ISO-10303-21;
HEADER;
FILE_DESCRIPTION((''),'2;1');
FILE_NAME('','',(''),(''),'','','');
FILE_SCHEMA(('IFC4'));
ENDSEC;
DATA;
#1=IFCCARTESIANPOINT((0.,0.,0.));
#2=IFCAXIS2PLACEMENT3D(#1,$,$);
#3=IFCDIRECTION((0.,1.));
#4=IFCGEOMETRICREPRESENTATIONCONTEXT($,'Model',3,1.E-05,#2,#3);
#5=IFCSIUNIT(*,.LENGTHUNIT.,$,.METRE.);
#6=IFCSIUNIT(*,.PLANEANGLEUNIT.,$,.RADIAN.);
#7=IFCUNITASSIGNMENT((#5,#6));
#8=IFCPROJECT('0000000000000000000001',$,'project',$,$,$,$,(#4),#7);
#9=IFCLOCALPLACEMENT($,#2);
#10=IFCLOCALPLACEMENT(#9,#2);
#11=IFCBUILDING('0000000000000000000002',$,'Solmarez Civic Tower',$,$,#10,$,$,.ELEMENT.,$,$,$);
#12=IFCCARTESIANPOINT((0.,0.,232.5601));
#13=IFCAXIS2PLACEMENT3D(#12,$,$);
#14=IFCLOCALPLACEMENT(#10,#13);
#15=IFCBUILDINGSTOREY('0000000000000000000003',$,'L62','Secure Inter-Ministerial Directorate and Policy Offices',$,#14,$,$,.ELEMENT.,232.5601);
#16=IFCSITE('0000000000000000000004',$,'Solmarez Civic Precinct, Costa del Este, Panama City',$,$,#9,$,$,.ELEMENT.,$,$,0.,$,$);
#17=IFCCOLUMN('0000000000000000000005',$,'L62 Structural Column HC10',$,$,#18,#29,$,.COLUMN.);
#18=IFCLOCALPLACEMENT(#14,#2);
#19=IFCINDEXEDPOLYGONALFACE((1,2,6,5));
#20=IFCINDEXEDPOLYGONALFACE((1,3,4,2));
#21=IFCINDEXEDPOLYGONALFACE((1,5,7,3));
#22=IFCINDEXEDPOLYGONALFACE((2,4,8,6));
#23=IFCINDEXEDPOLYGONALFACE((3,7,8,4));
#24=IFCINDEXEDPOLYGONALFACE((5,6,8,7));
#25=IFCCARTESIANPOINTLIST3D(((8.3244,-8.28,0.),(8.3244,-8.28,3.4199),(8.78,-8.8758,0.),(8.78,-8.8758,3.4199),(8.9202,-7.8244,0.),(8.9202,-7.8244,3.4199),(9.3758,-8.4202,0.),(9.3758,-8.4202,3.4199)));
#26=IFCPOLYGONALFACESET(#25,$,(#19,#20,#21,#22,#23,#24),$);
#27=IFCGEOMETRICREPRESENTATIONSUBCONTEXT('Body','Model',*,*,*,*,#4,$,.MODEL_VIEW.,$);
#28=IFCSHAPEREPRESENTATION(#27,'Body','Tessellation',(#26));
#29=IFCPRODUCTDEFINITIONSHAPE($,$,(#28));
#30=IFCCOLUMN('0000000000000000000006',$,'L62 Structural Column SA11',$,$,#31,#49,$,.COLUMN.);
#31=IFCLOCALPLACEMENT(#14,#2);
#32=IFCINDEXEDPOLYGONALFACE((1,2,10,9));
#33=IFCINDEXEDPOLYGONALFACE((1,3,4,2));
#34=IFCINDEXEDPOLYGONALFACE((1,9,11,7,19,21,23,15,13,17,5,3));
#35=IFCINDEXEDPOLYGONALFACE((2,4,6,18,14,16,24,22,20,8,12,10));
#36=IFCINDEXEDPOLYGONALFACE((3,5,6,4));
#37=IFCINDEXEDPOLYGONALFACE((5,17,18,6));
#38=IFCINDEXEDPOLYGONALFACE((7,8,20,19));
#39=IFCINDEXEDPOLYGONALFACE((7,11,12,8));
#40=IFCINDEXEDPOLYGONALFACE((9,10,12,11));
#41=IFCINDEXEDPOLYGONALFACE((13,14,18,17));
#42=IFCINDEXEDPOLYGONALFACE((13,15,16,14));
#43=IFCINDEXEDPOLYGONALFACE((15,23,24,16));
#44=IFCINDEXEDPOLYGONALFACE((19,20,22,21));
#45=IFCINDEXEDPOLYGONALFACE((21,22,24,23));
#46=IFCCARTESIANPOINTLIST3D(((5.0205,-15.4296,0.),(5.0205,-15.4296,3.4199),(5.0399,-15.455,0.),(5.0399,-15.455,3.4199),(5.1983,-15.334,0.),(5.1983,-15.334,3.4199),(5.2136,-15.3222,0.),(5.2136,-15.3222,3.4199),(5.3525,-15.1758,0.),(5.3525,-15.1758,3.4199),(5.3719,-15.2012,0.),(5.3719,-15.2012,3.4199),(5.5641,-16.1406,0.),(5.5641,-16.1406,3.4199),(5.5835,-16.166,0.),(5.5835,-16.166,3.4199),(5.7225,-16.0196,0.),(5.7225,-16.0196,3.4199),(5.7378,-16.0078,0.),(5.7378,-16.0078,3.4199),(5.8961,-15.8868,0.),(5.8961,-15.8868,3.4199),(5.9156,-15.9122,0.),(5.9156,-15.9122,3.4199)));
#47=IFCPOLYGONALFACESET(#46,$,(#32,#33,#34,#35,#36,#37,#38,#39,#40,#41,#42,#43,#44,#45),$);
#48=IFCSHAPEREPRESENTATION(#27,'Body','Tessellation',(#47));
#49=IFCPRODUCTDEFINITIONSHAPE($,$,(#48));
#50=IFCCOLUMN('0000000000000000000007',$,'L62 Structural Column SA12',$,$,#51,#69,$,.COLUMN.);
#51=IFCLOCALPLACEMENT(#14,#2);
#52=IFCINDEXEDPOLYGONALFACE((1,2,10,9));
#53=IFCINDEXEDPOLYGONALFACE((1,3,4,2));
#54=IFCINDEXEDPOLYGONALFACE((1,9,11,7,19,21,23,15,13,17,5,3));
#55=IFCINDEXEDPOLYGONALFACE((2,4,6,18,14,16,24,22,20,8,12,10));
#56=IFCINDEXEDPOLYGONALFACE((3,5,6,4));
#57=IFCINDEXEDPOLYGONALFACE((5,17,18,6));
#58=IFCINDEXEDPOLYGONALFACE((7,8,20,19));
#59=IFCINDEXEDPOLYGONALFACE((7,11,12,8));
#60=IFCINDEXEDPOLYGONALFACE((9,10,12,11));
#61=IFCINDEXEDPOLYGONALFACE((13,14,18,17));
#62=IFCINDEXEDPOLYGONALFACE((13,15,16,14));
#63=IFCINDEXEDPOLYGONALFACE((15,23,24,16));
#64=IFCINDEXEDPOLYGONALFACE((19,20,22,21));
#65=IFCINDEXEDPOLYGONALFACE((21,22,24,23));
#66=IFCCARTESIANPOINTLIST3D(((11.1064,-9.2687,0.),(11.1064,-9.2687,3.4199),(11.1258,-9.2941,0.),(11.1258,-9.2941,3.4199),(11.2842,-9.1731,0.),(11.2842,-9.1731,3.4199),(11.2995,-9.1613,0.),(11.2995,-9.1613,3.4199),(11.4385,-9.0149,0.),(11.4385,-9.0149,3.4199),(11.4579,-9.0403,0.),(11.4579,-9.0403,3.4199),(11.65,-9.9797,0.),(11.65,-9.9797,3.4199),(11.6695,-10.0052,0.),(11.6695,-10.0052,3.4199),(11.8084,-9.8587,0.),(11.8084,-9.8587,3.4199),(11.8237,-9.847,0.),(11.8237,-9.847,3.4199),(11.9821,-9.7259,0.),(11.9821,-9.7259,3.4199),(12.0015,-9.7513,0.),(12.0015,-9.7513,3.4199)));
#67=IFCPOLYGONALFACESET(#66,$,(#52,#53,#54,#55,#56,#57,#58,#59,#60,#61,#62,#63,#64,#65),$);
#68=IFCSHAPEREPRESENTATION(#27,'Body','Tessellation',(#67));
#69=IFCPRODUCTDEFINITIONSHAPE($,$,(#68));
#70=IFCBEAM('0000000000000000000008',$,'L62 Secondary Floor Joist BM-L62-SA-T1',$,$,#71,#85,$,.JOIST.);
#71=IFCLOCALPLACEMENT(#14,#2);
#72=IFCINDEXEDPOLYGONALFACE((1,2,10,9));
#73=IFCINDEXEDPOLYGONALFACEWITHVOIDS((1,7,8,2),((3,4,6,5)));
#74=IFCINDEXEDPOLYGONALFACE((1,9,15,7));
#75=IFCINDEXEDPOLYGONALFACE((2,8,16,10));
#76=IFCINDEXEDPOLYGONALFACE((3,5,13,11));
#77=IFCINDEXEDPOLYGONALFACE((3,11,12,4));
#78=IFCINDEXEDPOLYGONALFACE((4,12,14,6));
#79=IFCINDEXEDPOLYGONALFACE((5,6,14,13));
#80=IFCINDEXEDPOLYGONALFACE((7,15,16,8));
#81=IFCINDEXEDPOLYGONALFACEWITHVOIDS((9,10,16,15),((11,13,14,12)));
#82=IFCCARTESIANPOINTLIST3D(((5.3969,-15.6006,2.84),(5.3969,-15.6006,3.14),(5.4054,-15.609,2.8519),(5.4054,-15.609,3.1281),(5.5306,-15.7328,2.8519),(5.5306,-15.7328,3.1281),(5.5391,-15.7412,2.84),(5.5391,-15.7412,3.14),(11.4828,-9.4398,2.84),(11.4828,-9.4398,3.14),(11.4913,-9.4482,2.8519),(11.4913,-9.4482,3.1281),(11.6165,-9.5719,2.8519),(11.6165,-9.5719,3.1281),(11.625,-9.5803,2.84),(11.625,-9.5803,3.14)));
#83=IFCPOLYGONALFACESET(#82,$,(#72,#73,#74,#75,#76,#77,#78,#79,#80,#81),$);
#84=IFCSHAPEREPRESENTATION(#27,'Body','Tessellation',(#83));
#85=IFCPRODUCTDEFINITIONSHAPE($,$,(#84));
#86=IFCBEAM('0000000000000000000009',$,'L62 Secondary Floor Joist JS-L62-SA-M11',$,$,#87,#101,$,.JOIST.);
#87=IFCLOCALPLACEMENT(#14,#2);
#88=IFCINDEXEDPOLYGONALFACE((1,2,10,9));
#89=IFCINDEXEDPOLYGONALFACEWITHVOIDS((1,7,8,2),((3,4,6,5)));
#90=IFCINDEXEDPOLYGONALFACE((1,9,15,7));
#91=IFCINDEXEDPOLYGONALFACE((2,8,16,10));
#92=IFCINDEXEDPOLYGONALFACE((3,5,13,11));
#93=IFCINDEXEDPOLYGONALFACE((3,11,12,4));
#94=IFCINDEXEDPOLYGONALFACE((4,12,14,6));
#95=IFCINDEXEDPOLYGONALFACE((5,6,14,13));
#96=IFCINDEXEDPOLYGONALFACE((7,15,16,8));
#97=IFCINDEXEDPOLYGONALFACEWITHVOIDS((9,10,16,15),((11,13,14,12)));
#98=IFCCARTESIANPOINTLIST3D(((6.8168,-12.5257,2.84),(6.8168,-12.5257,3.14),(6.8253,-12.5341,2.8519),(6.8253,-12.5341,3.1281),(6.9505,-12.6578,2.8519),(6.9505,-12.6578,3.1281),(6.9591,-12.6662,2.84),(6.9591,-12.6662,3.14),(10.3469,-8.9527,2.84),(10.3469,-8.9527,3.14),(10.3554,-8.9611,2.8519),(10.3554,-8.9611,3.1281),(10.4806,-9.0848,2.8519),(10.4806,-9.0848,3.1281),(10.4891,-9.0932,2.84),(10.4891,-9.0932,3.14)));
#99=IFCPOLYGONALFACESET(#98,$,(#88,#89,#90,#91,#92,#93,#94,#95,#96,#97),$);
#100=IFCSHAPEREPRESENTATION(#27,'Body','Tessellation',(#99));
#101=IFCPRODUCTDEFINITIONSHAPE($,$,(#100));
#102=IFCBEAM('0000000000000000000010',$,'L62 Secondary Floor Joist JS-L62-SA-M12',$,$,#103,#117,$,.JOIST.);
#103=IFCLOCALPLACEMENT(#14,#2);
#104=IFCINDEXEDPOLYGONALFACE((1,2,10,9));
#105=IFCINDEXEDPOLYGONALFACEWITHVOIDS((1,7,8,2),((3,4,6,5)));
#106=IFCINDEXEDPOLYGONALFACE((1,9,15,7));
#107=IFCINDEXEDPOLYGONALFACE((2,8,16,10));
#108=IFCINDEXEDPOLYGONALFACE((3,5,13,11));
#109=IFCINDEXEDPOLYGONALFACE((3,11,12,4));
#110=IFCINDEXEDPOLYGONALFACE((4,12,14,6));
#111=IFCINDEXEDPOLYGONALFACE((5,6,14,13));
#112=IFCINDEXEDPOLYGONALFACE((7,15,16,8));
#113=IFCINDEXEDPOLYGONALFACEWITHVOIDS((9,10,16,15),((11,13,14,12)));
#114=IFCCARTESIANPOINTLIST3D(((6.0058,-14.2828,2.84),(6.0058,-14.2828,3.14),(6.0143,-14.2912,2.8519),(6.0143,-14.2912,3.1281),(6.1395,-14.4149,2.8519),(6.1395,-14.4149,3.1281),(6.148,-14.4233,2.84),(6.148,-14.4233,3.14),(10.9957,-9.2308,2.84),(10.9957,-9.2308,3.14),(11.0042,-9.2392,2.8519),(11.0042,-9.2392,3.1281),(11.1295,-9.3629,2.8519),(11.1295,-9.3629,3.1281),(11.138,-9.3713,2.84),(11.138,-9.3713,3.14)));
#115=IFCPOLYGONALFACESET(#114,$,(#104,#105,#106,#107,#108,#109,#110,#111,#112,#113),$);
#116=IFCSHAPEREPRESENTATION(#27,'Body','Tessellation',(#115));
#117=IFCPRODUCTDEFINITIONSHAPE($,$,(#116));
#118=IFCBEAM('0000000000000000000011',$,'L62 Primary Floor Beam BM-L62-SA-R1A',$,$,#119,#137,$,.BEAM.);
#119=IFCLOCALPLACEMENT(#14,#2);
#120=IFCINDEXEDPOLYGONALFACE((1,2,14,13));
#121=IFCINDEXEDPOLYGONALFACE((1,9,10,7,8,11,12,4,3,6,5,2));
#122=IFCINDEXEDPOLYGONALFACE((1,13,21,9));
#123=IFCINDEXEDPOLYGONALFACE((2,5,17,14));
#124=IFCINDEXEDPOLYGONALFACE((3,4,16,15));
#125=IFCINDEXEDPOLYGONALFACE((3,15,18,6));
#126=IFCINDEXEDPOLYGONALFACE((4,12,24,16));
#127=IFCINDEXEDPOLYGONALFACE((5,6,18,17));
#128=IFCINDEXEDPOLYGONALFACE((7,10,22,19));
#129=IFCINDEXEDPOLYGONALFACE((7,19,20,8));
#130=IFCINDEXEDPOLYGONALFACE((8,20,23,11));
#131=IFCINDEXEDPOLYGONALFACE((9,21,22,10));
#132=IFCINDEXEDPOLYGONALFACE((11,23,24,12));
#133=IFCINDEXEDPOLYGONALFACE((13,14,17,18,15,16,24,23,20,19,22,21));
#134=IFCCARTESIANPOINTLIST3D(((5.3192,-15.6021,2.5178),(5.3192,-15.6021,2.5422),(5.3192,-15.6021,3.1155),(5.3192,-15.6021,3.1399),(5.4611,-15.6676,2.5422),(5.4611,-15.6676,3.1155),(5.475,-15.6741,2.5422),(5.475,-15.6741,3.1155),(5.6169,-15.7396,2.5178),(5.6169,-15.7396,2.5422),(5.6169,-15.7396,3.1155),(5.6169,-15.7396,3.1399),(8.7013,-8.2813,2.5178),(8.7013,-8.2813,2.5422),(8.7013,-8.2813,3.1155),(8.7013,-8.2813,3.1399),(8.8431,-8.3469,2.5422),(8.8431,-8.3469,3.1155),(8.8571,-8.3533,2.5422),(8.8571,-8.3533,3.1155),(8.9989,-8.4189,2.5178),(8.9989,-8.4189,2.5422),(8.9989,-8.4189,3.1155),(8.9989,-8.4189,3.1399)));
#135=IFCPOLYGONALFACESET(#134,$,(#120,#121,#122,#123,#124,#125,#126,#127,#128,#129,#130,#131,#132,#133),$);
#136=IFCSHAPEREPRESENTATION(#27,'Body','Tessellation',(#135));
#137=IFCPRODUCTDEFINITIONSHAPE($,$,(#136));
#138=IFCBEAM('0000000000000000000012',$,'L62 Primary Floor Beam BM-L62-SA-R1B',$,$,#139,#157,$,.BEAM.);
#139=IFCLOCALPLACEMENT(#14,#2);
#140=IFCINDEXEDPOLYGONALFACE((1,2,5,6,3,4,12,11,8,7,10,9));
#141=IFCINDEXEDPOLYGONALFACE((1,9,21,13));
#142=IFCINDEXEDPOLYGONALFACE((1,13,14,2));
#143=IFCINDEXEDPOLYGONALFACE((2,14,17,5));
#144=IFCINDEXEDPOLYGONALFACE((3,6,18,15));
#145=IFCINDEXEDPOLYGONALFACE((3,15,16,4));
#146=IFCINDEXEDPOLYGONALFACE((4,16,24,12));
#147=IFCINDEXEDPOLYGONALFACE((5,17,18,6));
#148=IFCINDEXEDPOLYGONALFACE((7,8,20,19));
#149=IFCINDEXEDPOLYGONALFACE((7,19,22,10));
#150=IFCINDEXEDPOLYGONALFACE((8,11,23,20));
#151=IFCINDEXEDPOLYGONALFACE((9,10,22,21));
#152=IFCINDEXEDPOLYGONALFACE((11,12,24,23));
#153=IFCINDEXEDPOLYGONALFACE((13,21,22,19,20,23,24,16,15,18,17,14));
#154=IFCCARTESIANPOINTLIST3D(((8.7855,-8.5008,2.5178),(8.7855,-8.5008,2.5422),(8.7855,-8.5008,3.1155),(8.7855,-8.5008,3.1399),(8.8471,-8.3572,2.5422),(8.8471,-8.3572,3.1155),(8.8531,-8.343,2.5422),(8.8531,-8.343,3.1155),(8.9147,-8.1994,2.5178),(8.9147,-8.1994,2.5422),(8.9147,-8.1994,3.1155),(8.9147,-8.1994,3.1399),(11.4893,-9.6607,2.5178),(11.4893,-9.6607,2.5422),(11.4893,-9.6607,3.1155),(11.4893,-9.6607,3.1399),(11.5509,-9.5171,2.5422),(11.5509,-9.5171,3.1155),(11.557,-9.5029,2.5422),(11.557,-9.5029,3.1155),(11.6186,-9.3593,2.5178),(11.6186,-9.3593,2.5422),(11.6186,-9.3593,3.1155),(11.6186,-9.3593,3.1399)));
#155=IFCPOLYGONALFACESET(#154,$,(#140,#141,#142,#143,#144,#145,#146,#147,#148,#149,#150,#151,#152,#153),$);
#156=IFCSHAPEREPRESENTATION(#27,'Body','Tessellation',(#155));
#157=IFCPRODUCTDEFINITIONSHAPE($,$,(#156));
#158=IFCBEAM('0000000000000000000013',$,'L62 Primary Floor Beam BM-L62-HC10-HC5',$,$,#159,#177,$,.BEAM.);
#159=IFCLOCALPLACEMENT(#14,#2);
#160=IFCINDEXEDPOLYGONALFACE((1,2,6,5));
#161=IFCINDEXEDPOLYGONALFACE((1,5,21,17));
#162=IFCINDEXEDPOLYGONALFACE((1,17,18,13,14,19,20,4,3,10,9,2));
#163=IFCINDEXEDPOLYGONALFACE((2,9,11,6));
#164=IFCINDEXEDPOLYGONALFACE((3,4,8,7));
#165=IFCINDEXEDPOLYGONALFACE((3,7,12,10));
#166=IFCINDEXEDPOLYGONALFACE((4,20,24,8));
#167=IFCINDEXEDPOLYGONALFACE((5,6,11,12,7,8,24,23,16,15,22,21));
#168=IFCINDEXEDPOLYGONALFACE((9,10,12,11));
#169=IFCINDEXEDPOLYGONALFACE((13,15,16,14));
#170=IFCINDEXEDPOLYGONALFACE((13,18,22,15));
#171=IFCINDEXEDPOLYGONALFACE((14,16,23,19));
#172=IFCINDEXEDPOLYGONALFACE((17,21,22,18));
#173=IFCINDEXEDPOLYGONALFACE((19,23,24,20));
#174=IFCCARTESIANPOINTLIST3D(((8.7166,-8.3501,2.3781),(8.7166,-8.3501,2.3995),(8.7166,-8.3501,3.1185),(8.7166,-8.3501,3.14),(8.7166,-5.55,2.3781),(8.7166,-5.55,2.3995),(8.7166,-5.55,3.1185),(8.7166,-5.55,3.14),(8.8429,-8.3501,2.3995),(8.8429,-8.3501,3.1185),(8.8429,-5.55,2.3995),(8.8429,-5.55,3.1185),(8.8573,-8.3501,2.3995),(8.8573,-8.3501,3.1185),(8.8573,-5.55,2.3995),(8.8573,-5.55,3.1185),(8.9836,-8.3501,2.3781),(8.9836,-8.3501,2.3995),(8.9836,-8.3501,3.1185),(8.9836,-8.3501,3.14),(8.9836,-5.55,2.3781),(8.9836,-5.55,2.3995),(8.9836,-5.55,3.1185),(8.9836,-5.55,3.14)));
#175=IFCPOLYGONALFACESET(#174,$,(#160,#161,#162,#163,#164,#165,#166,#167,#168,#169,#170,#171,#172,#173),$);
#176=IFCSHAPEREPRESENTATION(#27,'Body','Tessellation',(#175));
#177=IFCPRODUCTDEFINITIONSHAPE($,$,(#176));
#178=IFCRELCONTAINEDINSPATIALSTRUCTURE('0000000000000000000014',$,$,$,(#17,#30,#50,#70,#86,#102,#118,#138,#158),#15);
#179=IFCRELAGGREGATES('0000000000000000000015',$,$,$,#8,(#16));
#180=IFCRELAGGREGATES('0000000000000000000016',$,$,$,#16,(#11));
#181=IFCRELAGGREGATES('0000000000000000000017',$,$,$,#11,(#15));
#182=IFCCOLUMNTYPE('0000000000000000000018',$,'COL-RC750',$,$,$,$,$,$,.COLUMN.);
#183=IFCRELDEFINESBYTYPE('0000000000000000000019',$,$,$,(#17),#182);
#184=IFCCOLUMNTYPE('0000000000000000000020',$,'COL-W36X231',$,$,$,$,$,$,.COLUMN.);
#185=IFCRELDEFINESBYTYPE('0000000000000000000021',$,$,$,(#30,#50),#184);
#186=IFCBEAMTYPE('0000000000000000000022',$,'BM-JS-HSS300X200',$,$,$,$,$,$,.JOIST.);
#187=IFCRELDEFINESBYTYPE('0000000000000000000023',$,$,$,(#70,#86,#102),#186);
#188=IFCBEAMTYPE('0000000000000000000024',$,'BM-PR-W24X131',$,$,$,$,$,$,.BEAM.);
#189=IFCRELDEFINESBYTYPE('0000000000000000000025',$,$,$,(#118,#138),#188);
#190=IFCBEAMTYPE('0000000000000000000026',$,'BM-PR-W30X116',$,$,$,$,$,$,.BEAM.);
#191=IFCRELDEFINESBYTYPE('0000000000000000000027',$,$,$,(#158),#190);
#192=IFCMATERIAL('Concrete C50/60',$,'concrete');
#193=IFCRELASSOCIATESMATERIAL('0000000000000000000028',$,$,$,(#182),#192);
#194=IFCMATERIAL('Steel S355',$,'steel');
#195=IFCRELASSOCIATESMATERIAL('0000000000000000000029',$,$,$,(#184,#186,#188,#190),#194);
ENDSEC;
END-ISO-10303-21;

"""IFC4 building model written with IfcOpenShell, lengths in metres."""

from ifc_helpers import new_model, si_unit, direction, frame, origin, origin_2d, place, context, subcontext, project, spatial, rectangle, hollow_rectangle, i_section, extrude, material, material_profile, profile_set, type_object, element, save


model = new_model("IFC4")

# Units and contexts
model_context = context("Model", 3, precision=1e-05, world=origin(), true_north=direction((0.0, 1.0)))
body_context = subcontext(model_context, "Body", "Model", "MODEL_VIEW")
ifc_project = project(units=[si_unit("LENGTHUNIT", "METRE"), si_unit("PLANEANGLEUNIT", "RADIAN")], contexts=[model_context])

# Site, building, storey
site_placement = place(None, origin())
site = spatial("IfcSite", under=ifc_project, at=site_placement, Name="Solmarez Civic Precinct, Costa del Este, Panama City", CompositionType="ELEMENT", RefElevation=0.0)
building_placement = place(site_placement, origin())
building = spatial("IfcBuilding", under=site, at=building_placement, Name="Solmarez Civic Tower", CompositionType="ELEMENT")
storey_placement = place(building_placement, frame((0.0, 0.0, 232.5601)))
storey = spatial("IfcBuildingStorey", under=building, at=storey_placement, Name="L62", Description="Secure Inter-Ministerial Directorate and Policy Offices", CompositionType="ELEMENT", Elevation=232.5601)

# Columns
ifc_material_1 = material(Name="Concrete C50/60", Category="concrete")
ifc_material_profile_1 = material_profile(ifc_material_1, rectangle(XDim=0.75, YDim=0.75, at=origin_2d()), Name="RC750X750")
ifc_profile_set_1 = profile_set([ifc_material_profile_1], Name="Concrete C50/60")
column_type_1 = type_object("IfcColumnType", Name="COL-RC750", PredefinedType="COLUMN", material=ifc_profile_set_1)
column_placement = place(storey_placement, frame((8.8501, -8.3501, 0.0), z_axis=(0.0, 0.0, 1.0), x_axis=(0.794415, 0.607376, 0.0)))
element("IfcColumn", 1, at=column_placement, inside=storey, type_object=column_type_1, Name="L62 Structural Column HC10", PredefinedType="COLUMN", context=body_context, shape_type="SweptSolid", body=[
    extrude(rectangle(XDim=0.75, YDim=0.75, at=origin_2d()), origin(), (0.0, 0.0, 1.0), 3.4199),
])
ifc_material_2 = material(Name="Steel S355", Category="steel")
ifc_material_profile_2 = material_profile(ifc_material_2, i_section(OverallWidth=0.418, OverallDepth=0.927, WebThickness=0.0193, FlangeThickness=0.032, at=origin_2d()), Name="W36X231")
ifc_profile_set_2 = profile_set([ifc_material_profile_2], Name="Steel S355")
column_type_2 = type_object("IfcColumnType", Name="COL-W36X231", PredefinedType="COLUMN", material=ifc_profile_set_2)
for number, where, z_axis, x_axis, name in (
    (2, (5.468, -15.6709, 0.0), (0.0, 0.0, 1.0), (0.794415, 0.607376, 0.0), "L62 Structural Column SA11"),
    (3, (11.554, -9.51, 0.0), (0.0, 0.0, 1.0), (0.794415, 0.607376, 0.0), "L62 Structural Column SA12"),
):
    element("IfcColumn", number, at=place(storey_placement, frame(where, z_axis=z_axis, x_axis=x_axis)), inside=storey, type_object=column_type_2, Name=name, PredefinedType="COLUMN", context=body_context, shape_type="SweptSolid", body=[
        extrude(i_section(OverallWidth=0.418, OverallDepth=0.927, WebThickness=0.0193, FlangeThickness=0.032, at=origin_2d()), origin(), (0.0, 0.0, 1.0), 3.4199),
    ])

# Beams
ifc_material_profile_3 = material_profile(ifc_material_2, hollow_rectangle(XDim=0.2, YDim=0.3, WallThickness=0.012, at=origin_2d()), Name="HSS300X200X12")
ifc_profile_set_3 = profile_set([ifc_material_profile_3], Name="Steel S355")
beam_type_1 = type_object("IfcBeamType", Name="BM-JS-HSS300X200", PredefinedType="JOIST", material=ifc_profile_set_3)
beam_1_placement = place(storey_placement, frame((5.468, -15.6709, 2.99), z_axis=(0.702766, 0.711421, 0.0), x_axis=(-0.711421, 0.702766, 0.0)))
element("IfcBeam", 4, at=beam_1_placement, inside=storey, type_object=beam_type_1, Name="L62 Secondary Floor Joist BM-L62-SA-T1", PredefinedType="JOIST", context=body_context, shape_type="SweptSolid", body=[
    extrude(hollow_rectangle(XDim=0.2, YDim=0.3, WallThickness=0.012, at=origin_2d()), origin(), (0.0, 0.0, 1.0), 8.6599),
])
beam_2_placement = place(storey_placement, frame((6.8879, -12.5959, 2.99), z_axis=(0.702816, 0.711371, 0.0), x_axis=(-0.711371, 0.702816, 0.0)))
element("IfcBeam", 5, at=beam_2_placement, inside=storey, type_object=beam_type_1, Name="L62 Secondary Floor Joist JS-L62-SA-M11", PredefinedType="JOIST", context=body_context, shape_type="SweptSolid", body=[
    extrude(hollow_rectangle(XDim=0.2, YDim=0.3, WallThickness=0.012, at=origin_2d()), origin(), (0.0, 0.0, 1.0), 5.0227),
])
beam_3_placement = place(storey_placement, frame((6.0769, -14.353, 2.99), z_axis=(0.702727, 0.71146, 0.0), x_axis=(-0.71146, 0.702727, 0.0)))
element("IfcBeam", 6, at=beam_3_placement, inside=storey, type_object=beam_type_1, Name="L62 Secondary Floor Joist JS-L62-SA-M12", PredefinedType="JOIST", context=body_context, shape_type="SweptSolid", body=[
    extrude(hollow_rectangle(XDim=0.2, YDim=0.3, WallThickness=0.012, at=origin_2d()), origin(), (0.0, 0.0, 1.0), 7.1008),
])
ifc_material_profile_4 = material_profile(ifc_material_2, i_section(OverallWidth=0.3279, OverallDepth=0.6221, WebThickness=0.0154, FlangeThickness=0.0244, at=origin_2d()), Name="W24X131")
ifc_profile_set_4 = profile_set([ifc_material_profile_4], Name="Steel S355")
beam_type_2 = type_object("IfcBeamType", Name="BM-PR-W24X131", PredefinedType="BEAM", material=ifc_profile_set_4)
beam_4_placement = place(storey_placement, frame((8.8501, -8.3501, 2.8289), z_axis=(-0.41939, -0.907806, 0.0), x_axis=(0.907806, -0.41939, 0.0)))
element("IfcBeam", 7, at=beam_4_placement, inside=storey, type_object=beam_type_2, Name="L62 Primary Floor Beam BM-L62-SA-R1A", PredefinedType="BEAM", context=body_context, shape_type="SweptSolid", body=[
    extrude(i_section(OverallWidth=0.3279, OverallDepth=0.6221, WebThickness=0.0154, FlangeThickness=0.0244, at=origin_2d()), origin(), (0.0, 0.0, 1.0), 8.0642),
])
beam_5_placement = place(storey_placement, frame((8.8501, -8.3501, 2.8289), z_axis=(0.919008, -0.39424, 0.0), x_axis=(0.39424, 0.919008, 0.0)))
element("IfcBeam", 8, at=beam_5_placement, inside=storey, type_object=beam_type_2, Name="L62 Primary Floor Beam BM-L62-SA-R1B", PredefinedType="BEAM", context=body_context, shape_type="SweptSolid", body=[
    extrude(i_section(OverallWidth=0.3279, OverallDepth=0.6221, WebThickness=0.0154, FlangeThickness=0.0244, at=origin_2d()), origin(), (0.0, 0.0, 1.0), 2.9421),
])
ifc_material_profile_5 = material_profile(ifc_material_2, i_section(OverallWidth=0.2671, OverallDepth=0.762, WebThickness=0.0144, FlangeThickness=0.0215, at=origin_2d()), Name="W30X116")
ifc_profile_set_5 = profile_set([ifc_material_profile_5], Name="Steel S355")
beam_type_3 = type_object("IfcBeamType", Name="BM-PR-W30X116", PredefinedType="BEAM", material=ifc_profile_set_5)
beam_6_placement = place(storey_placement, frame((8.8501, -8.3501, 2.759), z_axis=(0.0, 1.0, 0.0), x_axis=(-1.0, 0.0, 0.0)))
element("IfcBeam", 9, at=beam_6_placement, inside=storey, type_object=beam_type_3, Name="L62 Primary Floor Beam BM-L62-HC10-HC5", PredefinedType="BEAM", context=body_context, shape_type="SweptSolid", body=[
    extrude(i_section(OverallWidth=0.2671, OverallDepth=0.762, WebThickness=0.0144, FlangeThickness=0.0215, at=origin_2d()), origin(), (0.0, 0.0, 1.0), 2.8),
])

save(model, "model.ifc")
